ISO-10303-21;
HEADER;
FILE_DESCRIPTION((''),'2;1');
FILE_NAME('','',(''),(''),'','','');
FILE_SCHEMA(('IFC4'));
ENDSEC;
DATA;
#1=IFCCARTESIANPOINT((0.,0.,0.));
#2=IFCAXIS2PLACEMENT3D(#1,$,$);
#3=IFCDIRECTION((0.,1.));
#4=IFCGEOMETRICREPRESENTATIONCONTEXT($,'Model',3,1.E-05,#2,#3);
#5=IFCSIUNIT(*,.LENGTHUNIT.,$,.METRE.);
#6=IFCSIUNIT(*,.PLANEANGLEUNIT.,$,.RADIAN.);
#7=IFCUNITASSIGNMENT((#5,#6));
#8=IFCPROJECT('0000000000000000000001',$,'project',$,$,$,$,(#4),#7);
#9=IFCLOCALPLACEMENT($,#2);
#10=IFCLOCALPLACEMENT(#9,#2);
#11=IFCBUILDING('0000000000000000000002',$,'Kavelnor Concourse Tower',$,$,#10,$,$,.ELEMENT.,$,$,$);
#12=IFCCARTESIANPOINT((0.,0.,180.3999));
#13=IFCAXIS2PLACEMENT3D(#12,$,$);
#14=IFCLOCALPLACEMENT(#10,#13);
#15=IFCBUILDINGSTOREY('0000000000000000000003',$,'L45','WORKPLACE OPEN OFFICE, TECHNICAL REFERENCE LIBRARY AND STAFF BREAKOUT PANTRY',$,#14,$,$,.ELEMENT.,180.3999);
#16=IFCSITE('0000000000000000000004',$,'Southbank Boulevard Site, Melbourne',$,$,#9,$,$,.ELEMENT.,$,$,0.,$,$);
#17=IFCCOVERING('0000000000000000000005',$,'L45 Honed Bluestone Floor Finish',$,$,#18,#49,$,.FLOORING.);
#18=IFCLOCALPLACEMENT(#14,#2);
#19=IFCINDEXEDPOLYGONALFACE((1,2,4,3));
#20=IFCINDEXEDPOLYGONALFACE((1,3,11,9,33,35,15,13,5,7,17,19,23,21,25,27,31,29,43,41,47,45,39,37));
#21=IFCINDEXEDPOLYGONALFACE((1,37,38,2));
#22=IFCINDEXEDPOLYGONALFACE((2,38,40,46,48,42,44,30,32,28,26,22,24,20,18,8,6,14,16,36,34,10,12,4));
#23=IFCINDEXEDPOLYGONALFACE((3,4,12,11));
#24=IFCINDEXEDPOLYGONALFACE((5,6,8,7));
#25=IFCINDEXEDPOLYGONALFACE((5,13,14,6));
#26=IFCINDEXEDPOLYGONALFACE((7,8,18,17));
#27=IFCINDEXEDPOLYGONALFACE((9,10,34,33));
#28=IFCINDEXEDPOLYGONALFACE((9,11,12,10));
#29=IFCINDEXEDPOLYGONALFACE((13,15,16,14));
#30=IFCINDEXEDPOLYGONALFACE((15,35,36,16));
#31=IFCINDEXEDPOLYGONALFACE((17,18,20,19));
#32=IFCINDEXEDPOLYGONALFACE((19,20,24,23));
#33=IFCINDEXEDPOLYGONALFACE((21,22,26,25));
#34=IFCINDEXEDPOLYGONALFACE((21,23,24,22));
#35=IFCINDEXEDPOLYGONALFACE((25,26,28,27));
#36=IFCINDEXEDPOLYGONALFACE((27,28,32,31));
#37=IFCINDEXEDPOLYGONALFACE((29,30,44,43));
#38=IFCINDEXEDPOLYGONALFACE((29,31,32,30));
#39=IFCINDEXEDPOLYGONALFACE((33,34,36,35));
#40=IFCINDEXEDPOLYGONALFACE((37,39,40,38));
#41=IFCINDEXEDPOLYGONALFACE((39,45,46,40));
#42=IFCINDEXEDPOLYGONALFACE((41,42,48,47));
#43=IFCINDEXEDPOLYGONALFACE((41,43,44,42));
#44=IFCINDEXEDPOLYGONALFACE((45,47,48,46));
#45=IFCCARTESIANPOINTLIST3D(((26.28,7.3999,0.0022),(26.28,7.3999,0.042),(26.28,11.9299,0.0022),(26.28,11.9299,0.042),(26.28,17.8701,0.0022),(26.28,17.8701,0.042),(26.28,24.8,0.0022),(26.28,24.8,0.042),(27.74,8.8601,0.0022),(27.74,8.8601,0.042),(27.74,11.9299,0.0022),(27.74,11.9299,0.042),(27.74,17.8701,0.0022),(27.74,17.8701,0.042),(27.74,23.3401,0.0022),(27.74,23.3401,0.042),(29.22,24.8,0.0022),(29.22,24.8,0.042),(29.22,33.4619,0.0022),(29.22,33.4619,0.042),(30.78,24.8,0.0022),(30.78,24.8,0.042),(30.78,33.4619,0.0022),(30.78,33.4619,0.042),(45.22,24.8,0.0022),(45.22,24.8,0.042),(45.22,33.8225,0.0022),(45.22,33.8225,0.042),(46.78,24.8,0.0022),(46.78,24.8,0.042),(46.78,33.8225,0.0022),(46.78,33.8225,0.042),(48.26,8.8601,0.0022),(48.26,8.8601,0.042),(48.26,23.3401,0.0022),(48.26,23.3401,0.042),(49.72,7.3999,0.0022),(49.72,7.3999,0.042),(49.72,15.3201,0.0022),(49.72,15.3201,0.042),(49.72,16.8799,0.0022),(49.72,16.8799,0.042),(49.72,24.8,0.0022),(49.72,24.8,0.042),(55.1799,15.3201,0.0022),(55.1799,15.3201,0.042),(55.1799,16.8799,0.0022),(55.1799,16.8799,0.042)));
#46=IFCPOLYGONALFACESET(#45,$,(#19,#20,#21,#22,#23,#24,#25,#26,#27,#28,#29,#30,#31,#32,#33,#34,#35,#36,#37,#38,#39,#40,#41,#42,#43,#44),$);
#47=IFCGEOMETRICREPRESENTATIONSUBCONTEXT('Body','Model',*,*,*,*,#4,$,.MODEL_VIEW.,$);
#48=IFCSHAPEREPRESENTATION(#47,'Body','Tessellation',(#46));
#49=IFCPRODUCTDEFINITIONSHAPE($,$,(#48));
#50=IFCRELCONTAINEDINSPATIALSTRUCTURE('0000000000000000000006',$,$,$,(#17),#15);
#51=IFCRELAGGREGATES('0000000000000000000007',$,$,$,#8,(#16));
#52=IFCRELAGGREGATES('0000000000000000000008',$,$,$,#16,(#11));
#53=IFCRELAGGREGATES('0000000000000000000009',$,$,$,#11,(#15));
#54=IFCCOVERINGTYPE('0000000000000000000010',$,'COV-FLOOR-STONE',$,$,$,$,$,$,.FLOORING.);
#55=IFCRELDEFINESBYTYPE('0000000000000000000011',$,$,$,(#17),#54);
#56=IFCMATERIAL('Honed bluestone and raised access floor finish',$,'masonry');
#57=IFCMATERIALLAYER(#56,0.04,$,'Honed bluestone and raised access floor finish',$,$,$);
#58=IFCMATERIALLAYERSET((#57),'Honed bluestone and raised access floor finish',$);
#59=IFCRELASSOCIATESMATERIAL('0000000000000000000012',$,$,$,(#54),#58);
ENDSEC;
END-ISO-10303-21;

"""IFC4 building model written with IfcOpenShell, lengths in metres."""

from ifc_helpers import new_model, si_unit, direction, frame, origin, place, context, subcontext, project, spatial, polyline, outline, extrude, material, layer, layer_set, type_object, element, save


model = new_model("IFC4")

# Units and contexts
model_context = context("Model", 3, precision=1e-05, world=origin(), true_north=direction((0.0, 1.0)))
body_context = subcontext(model_context, "Body", "Model", "MODEL_VIEW")
ifc_project = project(units=[si_unit("LENGTHUNIT", "METRE"), si_unit("PLANEANGLEUNIT", "RADIAN")], contexts=[model_context])

# Site, building, storey
site_placement = place(None, origin())
site = spatial("IfcSite", under=ifc_project, at=site_placement, Name="Southbank Boulevard Site, Melbourne", CompositionType="ELEMENT", RefElevation=0.0)
building_placement = place(site_placement, origin())
building = spatial("IfcBuilding", under=site, at=building_placement, Name="Kavelnor Concourse Tower", CompositionType="ELEMENT")
storey_placement = place(building_placement, frame((0.0, 0.0, 180.3999)))
storey = spatial("IfcBuildingStorey", under=building, at=storey_placement, Name="L45", Description="WORKPLACE OPEN OFFICE, TECHNICAL REFERENCE LIBRARY AND STAFF BREAKOUT PANTRY", CompositionType="ELEMENT", Elevation=180.3999)

# Covering
ifc_material_1 = material(Name="Honed bluestone and raised access floor finish", Category="masonry")
ifc_layer_1 = layer(ifc_material_1, 0.04, Name="Honed bluestone and raised access floor finish")
ifc_layer_set_1 = layer_set([ifc_layer_1], Name="Honed bluestone and raised access floor finish")
covering_type_1 = type_object("IfcCoveringType", Name="COV-FLOOR-STONE", PredefinedType="FLOORING", material=ifc_layer_set_1)
covering_1_placement = place(storey_placement, frame((0.0, 0.0, 0.0022)))
element("IfcCovering", 1, at=covering_1_placement, inside=storey, type_object=covering_type_1, Name="L45 Honed Bluestone Floor Finish", PredefinedType="FLOORING", context=body_context, shape_type="SweptSolid", body=[
    extrude(outline(polyline([(29.22, 24.8), (29.22, 33.4619), (30.78, 33.4619), (30.78, 24.8), (45.22, 24.8), (45.22, 33.8225), (46.78, 33.8225), (46.78, 24.8), (49.72, 24.8), (49.72, 16.8799), (55.1799, 16.8799), (55.1799, 15.3201), (49.72, 15.3201), (49.72, 7.3999), (26.28, 7.3999), (26.28, 11.9299), (27.74, 11.9299), (27.74, 8.8601), (48.26, 8.8601), (48.26, 23.3401), (27.74, 23.3401), (27.74, 17.8701), (26.28, 17.8701), (26.28, 24.8), (29.22, 24.8)])), origin(), (0.0, 0.0, 1.0), 0.0398),
])

save(model, "model.ifc")
